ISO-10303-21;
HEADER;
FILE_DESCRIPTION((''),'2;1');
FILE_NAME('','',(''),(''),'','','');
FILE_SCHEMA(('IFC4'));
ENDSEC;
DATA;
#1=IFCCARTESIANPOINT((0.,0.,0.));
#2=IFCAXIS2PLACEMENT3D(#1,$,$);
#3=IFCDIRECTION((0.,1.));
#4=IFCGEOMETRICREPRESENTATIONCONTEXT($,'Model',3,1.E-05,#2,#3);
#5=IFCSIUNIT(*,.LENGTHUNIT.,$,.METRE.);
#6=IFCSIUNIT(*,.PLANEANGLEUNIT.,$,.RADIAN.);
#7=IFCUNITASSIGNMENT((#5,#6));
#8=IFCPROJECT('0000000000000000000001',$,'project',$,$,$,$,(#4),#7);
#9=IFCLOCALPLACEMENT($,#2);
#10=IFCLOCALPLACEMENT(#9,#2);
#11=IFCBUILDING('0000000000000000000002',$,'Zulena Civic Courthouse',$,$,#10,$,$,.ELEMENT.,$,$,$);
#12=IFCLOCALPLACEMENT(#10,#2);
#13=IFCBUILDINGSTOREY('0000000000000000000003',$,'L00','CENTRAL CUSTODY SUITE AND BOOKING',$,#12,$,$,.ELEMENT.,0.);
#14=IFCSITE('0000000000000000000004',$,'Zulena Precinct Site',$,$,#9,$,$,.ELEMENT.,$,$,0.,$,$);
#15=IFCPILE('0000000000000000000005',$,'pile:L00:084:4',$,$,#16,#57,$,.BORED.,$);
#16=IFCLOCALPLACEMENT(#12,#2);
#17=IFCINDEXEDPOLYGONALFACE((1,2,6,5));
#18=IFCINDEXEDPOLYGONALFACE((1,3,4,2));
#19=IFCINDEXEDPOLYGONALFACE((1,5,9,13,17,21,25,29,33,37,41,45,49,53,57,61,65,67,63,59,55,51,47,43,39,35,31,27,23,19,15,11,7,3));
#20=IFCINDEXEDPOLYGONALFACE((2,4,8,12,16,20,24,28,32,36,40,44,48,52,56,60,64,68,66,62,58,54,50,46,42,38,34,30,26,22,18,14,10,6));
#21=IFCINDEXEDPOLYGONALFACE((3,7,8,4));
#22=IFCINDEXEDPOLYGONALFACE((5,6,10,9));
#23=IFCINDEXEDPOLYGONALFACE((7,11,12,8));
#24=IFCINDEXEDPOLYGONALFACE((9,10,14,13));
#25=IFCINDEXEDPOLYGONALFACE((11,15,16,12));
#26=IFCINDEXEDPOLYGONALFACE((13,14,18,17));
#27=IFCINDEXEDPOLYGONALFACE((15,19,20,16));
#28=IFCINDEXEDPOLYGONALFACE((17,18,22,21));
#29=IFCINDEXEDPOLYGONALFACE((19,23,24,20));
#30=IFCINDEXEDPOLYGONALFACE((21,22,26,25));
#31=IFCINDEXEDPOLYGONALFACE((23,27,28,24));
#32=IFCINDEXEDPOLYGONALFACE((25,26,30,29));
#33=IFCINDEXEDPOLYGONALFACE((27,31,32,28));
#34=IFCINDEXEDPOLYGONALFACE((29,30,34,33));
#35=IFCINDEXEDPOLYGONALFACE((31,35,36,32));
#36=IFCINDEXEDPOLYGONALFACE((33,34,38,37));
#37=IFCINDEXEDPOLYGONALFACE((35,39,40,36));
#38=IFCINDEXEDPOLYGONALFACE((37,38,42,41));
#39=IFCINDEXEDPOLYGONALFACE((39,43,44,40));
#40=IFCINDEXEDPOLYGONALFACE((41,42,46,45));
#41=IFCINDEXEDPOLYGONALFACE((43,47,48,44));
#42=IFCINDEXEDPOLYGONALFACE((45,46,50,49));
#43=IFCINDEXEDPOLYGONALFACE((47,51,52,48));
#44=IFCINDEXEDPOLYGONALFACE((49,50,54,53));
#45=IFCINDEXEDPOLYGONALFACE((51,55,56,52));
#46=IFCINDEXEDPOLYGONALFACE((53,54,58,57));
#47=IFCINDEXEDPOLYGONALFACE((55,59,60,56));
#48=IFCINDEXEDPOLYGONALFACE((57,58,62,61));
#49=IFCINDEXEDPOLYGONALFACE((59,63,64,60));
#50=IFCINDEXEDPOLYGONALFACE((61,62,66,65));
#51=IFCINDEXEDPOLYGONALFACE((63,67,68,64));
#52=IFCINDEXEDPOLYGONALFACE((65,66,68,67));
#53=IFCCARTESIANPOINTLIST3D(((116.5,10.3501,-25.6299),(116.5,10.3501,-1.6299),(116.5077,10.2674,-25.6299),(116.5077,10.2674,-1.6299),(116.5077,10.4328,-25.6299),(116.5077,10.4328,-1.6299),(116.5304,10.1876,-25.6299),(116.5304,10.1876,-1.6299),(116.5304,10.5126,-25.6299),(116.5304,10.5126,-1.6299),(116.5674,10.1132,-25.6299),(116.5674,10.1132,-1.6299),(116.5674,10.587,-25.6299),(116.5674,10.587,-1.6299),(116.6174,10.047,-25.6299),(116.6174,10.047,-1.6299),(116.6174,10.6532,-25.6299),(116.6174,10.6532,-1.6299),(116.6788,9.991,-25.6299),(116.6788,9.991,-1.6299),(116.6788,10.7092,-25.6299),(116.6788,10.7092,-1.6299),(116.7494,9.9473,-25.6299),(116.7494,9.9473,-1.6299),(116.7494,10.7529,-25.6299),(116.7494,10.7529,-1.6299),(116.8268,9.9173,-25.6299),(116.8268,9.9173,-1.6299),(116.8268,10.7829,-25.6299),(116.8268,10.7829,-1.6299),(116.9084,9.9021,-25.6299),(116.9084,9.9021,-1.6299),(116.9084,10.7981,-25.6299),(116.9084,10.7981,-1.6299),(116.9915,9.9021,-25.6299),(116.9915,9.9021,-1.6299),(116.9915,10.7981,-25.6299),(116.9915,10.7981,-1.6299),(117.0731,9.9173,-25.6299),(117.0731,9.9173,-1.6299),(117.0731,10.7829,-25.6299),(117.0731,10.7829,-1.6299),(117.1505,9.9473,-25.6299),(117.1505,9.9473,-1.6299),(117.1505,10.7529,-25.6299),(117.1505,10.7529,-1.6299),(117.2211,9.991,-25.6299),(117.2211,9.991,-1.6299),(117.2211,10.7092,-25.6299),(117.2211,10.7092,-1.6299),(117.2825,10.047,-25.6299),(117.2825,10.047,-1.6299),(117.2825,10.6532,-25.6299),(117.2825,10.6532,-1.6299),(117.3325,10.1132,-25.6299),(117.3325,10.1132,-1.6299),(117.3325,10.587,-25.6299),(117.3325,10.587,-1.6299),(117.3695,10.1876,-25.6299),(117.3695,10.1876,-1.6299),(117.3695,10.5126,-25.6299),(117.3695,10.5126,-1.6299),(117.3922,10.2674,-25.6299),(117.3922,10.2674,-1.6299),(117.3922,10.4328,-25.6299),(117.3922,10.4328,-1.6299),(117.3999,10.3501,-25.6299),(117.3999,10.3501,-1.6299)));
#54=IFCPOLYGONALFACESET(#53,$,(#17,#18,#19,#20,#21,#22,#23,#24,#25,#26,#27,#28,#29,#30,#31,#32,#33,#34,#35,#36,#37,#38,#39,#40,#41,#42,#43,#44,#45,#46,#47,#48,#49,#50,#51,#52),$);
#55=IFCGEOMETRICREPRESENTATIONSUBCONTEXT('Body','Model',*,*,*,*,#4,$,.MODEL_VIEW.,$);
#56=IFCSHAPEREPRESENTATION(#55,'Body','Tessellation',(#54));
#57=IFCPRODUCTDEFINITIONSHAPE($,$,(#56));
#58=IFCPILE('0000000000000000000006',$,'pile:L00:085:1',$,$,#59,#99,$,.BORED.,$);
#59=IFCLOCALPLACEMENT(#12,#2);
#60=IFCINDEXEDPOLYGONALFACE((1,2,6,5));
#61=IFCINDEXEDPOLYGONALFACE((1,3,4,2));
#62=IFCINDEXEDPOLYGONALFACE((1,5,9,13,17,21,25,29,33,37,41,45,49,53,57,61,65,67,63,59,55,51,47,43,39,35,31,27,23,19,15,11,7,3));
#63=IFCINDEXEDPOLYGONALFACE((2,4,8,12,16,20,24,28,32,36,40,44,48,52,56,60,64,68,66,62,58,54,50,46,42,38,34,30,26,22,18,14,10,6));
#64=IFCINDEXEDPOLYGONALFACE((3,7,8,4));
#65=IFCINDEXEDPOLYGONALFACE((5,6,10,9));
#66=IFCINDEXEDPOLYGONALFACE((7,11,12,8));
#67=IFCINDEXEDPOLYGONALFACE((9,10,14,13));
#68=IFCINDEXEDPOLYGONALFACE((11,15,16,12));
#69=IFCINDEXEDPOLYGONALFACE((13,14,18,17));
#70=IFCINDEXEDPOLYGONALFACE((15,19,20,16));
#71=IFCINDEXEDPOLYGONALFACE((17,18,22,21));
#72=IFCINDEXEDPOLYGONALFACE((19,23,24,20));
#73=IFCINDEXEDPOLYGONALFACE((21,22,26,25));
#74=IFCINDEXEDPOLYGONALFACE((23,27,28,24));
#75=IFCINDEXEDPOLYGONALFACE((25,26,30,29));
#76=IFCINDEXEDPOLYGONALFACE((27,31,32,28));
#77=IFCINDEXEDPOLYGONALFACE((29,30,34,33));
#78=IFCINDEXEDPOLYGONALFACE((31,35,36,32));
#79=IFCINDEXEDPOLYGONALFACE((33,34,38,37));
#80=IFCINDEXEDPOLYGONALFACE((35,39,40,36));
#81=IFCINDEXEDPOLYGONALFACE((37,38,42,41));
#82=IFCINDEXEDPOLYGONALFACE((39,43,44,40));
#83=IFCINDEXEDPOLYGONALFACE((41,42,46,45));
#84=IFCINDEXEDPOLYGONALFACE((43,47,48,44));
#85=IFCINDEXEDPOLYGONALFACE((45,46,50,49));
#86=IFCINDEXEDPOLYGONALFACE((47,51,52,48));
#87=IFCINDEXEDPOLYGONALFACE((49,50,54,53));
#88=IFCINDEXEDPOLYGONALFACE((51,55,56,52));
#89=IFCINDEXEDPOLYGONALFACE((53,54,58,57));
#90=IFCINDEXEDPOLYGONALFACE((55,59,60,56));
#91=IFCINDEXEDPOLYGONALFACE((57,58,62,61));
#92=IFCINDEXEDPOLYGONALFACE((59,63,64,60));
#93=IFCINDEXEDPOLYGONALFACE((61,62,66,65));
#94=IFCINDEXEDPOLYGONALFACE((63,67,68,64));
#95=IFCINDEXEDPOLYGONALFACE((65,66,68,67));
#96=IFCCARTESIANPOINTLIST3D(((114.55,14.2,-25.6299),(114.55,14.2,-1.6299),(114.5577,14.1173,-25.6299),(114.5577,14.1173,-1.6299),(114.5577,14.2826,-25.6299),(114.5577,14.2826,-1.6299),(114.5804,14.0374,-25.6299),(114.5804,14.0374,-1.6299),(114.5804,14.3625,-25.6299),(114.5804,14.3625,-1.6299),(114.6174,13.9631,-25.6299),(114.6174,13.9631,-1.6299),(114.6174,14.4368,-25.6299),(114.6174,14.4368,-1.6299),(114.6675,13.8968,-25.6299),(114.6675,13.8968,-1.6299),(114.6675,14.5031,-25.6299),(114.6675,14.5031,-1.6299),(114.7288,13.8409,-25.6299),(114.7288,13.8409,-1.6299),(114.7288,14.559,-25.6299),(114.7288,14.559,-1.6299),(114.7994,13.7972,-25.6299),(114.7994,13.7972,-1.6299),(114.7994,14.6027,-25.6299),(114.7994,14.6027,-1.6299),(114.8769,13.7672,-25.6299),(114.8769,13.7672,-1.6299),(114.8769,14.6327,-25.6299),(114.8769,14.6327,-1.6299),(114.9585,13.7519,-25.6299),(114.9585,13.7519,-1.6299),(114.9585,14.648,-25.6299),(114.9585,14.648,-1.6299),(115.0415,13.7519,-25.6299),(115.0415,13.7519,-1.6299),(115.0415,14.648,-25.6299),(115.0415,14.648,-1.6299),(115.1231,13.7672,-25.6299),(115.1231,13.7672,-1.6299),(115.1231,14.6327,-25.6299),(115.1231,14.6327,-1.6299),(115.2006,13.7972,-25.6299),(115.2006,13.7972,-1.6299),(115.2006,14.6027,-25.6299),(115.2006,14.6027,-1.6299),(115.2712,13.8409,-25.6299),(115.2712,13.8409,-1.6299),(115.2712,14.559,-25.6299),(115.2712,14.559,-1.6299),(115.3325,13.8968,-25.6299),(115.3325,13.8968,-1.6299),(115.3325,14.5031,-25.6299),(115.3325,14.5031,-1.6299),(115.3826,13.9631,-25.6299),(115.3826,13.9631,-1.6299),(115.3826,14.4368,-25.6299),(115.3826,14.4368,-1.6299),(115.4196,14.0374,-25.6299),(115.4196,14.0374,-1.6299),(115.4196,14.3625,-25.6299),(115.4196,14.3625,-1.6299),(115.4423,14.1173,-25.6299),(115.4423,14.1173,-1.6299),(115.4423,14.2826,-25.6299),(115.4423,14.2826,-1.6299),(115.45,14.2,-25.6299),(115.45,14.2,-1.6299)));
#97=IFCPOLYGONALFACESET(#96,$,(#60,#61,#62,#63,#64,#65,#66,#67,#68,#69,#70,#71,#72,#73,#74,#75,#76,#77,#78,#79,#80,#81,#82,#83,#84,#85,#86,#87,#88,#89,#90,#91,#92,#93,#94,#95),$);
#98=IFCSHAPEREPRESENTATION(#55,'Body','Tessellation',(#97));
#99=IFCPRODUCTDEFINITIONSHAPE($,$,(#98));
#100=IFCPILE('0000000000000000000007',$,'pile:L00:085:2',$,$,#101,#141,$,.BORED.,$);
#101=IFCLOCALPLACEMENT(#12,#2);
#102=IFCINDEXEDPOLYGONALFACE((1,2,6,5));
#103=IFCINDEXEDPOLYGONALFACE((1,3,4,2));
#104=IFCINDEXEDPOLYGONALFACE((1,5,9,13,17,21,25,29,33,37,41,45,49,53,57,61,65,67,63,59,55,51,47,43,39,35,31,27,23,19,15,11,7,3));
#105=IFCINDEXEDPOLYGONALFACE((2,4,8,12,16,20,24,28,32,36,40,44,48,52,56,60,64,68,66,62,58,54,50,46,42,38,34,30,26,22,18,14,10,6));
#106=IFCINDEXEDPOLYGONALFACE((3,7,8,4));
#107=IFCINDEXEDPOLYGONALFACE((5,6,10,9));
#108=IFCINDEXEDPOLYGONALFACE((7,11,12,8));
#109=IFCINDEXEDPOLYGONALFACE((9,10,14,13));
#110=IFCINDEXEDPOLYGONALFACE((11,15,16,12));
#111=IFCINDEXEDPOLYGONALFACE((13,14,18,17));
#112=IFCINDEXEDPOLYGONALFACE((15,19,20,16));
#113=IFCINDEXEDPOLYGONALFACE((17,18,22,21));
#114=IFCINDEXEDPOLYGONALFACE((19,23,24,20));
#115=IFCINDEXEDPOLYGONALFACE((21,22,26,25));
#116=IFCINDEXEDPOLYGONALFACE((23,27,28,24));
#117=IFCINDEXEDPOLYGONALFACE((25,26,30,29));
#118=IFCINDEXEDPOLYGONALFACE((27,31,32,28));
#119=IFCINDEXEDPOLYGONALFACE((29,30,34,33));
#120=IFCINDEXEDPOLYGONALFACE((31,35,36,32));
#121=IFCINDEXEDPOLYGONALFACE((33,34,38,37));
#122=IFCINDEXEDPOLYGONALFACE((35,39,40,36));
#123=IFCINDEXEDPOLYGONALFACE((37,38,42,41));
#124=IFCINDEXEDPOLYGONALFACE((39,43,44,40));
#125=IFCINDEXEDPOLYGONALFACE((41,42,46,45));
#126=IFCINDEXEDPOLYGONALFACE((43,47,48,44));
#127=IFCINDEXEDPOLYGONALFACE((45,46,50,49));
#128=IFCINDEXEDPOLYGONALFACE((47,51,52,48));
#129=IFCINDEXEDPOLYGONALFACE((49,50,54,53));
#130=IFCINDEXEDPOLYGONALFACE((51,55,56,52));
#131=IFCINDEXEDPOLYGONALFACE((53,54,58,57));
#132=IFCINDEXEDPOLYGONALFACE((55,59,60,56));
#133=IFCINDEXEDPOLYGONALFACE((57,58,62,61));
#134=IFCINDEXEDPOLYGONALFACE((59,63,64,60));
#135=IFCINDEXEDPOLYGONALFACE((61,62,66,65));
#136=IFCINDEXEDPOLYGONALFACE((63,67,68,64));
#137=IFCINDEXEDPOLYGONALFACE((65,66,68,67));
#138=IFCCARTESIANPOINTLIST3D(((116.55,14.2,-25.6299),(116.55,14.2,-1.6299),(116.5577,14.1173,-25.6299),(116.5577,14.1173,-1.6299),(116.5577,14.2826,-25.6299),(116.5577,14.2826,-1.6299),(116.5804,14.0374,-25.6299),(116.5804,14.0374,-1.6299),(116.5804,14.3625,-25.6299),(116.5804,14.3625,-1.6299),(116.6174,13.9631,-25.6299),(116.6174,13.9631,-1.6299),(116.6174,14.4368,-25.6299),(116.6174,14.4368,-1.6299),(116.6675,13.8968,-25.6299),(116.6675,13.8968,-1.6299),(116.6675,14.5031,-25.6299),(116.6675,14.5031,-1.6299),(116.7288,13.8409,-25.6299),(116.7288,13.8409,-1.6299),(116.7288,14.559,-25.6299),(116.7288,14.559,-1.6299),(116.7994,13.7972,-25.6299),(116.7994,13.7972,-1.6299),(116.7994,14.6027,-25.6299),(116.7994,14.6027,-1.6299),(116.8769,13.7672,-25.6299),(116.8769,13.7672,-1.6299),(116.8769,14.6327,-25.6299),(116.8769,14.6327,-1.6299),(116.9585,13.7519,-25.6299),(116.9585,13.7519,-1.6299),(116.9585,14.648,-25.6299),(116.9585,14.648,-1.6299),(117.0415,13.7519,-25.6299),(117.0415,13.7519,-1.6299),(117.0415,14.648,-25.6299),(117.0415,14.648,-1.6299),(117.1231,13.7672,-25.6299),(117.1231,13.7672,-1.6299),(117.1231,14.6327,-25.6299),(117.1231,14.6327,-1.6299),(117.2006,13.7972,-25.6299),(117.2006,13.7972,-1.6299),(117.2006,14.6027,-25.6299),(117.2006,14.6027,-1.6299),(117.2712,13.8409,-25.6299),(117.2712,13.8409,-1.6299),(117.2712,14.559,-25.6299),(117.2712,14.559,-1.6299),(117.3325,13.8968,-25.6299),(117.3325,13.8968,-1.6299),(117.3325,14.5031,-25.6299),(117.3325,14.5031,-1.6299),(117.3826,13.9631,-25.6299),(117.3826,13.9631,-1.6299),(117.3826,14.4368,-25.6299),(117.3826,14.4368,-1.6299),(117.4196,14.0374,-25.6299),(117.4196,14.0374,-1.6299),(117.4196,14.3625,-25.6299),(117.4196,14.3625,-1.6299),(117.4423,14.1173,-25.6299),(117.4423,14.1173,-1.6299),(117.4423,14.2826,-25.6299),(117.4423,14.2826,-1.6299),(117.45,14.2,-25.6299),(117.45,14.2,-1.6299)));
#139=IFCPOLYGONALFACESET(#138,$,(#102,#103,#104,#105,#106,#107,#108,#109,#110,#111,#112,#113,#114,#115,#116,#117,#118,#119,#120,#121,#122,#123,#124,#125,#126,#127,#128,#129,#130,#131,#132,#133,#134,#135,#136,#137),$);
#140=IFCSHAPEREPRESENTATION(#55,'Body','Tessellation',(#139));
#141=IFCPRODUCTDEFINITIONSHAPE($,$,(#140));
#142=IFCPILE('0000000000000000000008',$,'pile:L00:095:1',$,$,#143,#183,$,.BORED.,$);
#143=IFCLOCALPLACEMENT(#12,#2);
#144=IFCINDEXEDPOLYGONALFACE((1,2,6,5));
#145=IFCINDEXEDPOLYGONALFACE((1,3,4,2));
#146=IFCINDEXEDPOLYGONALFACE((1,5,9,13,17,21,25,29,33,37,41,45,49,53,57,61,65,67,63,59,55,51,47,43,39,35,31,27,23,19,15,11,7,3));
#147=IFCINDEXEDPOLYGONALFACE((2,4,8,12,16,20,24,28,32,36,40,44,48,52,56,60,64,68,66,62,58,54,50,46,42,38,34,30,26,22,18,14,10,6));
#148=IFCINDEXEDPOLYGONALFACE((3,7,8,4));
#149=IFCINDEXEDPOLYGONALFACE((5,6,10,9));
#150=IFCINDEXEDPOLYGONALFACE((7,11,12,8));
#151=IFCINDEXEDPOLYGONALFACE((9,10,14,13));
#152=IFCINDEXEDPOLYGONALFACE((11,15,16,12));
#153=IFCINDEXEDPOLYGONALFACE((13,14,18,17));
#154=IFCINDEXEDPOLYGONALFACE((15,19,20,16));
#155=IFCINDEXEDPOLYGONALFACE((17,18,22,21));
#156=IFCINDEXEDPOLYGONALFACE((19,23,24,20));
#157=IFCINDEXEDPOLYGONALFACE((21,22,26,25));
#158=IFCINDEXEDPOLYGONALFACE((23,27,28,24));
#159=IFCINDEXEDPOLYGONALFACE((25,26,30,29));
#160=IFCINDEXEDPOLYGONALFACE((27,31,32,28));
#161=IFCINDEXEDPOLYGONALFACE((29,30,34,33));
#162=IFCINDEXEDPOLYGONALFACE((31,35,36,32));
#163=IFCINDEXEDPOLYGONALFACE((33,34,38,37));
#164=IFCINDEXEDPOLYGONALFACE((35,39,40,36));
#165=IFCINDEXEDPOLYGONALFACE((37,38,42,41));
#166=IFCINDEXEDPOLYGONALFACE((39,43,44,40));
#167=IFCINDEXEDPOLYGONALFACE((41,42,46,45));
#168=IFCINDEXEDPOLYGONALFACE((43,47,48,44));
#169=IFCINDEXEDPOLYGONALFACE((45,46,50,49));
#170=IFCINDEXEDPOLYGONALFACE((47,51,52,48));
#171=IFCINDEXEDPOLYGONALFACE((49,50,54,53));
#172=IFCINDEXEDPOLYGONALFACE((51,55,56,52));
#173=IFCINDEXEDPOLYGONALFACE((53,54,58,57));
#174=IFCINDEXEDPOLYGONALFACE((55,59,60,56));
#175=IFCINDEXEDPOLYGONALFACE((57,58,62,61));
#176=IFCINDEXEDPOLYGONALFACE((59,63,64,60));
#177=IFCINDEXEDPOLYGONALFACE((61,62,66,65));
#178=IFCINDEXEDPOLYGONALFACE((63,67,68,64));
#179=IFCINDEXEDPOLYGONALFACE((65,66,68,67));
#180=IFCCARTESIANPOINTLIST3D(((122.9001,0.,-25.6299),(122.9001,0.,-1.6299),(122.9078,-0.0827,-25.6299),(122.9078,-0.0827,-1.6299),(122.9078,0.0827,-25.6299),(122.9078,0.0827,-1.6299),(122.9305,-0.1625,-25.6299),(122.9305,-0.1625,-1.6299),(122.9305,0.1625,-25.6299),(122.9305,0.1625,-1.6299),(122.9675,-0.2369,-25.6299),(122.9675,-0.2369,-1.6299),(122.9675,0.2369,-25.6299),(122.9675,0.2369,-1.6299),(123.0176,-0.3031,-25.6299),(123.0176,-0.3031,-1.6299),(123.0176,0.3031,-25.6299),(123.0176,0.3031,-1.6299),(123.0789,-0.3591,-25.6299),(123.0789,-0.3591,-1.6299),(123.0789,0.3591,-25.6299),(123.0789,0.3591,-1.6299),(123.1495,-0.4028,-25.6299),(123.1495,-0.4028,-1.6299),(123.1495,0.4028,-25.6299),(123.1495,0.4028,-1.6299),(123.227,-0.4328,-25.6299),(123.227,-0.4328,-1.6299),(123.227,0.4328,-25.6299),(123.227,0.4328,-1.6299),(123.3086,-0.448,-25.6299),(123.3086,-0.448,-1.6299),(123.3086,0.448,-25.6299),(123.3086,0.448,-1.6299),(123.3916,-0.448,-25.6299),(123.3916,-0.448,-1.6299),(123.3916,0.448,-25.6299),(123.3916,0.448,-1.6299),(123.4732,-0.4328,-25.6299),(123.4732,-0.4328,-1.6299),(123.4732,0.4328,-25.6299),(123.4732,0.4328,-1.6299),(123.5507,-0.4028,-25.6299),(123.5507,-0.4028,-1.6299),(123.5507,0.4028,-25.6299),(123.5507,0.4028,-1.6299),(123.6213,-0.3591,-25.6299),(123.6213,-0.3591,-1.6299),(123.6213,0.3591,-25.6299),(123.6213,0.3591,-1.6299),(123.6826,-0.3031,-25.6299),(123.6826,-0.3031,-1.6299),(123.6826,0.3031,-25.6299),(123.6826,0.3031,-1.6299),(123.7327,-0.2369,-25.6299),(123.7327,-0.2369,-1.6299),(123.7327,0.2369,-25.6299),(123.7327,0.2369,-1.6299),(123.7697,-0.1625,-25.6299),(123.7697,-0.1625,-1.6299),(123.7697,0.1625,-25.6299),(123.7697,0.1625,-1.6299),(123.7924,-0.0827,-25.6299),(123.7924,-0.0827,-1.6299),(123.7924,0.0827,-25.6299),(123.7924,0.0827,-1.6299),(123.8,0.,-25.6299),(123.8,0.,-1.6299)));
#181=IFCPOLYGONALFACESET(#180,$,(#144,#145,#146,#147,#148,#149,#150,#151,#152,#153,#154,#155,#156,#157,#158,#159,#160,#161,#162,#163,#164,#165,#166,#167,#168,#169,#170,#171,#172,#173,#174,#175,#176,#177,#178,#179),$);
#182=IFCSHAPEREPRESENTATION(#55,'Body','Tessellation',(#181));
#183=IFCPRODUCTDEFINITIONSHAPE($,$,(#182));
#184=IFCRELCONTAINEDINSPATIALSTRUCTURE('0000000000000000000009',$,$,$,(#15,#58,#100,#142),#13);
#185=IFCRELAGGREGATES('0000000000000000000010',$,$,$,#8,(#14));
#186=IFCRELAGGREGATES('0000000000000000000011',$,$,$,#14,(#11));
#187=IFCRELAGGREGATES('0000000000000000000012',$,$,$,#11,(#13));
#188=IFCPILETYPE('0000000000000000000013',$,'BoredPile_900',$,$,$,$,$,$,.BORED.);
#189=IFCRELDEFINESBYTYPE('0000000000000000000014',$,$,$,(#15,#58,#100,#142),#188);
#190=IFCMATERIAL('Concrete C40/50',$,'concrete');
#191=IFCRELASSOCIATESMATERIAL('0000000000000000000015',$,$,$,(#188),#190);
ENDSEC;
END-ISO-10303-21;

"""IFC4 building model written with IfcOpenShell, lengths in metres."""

from ifc_helpers import new_model, si_unit, direction, frame, origin, origin_2d, place, context, subcontext, project, spatial, circle, extrude, material, material_profile, profile_set, type_object, element, save


model = new_model("IFC4")

# Units and contexts
model_context = context("Model", 3, precision=1e-05, world=origin(), true_north=direction((0.0, 1.0)))
body_context = subcontext(model_context, "Body", "Model", "MODEL_VIEW")
ifc_project = project(units=[si_unit("LENGTHUNIT", "METRE"), si_unit("PLANEANGLEUNIT", "RADIAN")], contexts=[model_context])

# Site, building, storey
site_placement = place(None, origin())
site = spatial("IfcSite", under=ifc_project, at=site_placement, Name="Zulena Precinct Site", CompositionType="ELEMENT", RefElevation=0.0)
building_placement = place(site_placement, origin())
building = spatial("IfcBuilding", under=site, at=building_placement, Name="Zulena Civic Courthouse", CompositionType="ELEMENT")
storey_placement = place(building_placement, origin())
storey = spatial("IfcBuildingStorey", under=building, at=storey_placement, Name="L00", Description="CENTRAL CUSTODY SUITE AND BOOKING", CompositionType="ELEMENT", Elevation=0.0)

# Piles
ifc_material_1 = material(Name="Concrete C40/50", Category="concrete")
ifc_material_profile_1 = material_profile(ifc_material_1, circle(Radius=0.45, at=origin_2d()), Name="PILE900")
ifc_profile_set_1 = profile_set([ifc_material_profile_1], Name="Concrete C40/50")
pile_type_1 = type_object("IfcPileType", Name="BoredPile_900", PredefinedType="BORED", material=ifc_profile_set_1)
for number, where, z_axis, x_axis, name in (
    (1, (116.95, 10.3501, -1.6299), (0.0, 0.0, -1.0), (1.0, 0.0, 0.0), "pile:L00:084:4"),
    (2, (115.0, 14.2, -1.6299), (0.0, 0.0, -1.0), (1.0, 0.0, 0.0), "pile:L00:085:1"),
    (3, (117.0, 14.2, -1.6299), (0.0, 0.0, -1.0), (1.0, 0.0, 0.0), "pile:L00:085:2"),
    (4, (123.3501, 0.0, -1.6299), (0.0, 0.0, -1.0), (1.0, 0.0, 0.0), "pile:L00:095:1"),
):
    element("IfcPile", number, at=place(storey_placement, frame(where, z_axis=z_axis, x_axis=x_axis)), inside=storey, type_object=pile_type_1, Name=name, PredefinedType="BORED", context=body_context, shape_type="SweptSolid", body=[
        extrude(circle(Radius=0.45, at=origin_2d()), origin(), (0.0, 0.0, 1.0), 24.0),
    ])

save(model, "model.ifc")
